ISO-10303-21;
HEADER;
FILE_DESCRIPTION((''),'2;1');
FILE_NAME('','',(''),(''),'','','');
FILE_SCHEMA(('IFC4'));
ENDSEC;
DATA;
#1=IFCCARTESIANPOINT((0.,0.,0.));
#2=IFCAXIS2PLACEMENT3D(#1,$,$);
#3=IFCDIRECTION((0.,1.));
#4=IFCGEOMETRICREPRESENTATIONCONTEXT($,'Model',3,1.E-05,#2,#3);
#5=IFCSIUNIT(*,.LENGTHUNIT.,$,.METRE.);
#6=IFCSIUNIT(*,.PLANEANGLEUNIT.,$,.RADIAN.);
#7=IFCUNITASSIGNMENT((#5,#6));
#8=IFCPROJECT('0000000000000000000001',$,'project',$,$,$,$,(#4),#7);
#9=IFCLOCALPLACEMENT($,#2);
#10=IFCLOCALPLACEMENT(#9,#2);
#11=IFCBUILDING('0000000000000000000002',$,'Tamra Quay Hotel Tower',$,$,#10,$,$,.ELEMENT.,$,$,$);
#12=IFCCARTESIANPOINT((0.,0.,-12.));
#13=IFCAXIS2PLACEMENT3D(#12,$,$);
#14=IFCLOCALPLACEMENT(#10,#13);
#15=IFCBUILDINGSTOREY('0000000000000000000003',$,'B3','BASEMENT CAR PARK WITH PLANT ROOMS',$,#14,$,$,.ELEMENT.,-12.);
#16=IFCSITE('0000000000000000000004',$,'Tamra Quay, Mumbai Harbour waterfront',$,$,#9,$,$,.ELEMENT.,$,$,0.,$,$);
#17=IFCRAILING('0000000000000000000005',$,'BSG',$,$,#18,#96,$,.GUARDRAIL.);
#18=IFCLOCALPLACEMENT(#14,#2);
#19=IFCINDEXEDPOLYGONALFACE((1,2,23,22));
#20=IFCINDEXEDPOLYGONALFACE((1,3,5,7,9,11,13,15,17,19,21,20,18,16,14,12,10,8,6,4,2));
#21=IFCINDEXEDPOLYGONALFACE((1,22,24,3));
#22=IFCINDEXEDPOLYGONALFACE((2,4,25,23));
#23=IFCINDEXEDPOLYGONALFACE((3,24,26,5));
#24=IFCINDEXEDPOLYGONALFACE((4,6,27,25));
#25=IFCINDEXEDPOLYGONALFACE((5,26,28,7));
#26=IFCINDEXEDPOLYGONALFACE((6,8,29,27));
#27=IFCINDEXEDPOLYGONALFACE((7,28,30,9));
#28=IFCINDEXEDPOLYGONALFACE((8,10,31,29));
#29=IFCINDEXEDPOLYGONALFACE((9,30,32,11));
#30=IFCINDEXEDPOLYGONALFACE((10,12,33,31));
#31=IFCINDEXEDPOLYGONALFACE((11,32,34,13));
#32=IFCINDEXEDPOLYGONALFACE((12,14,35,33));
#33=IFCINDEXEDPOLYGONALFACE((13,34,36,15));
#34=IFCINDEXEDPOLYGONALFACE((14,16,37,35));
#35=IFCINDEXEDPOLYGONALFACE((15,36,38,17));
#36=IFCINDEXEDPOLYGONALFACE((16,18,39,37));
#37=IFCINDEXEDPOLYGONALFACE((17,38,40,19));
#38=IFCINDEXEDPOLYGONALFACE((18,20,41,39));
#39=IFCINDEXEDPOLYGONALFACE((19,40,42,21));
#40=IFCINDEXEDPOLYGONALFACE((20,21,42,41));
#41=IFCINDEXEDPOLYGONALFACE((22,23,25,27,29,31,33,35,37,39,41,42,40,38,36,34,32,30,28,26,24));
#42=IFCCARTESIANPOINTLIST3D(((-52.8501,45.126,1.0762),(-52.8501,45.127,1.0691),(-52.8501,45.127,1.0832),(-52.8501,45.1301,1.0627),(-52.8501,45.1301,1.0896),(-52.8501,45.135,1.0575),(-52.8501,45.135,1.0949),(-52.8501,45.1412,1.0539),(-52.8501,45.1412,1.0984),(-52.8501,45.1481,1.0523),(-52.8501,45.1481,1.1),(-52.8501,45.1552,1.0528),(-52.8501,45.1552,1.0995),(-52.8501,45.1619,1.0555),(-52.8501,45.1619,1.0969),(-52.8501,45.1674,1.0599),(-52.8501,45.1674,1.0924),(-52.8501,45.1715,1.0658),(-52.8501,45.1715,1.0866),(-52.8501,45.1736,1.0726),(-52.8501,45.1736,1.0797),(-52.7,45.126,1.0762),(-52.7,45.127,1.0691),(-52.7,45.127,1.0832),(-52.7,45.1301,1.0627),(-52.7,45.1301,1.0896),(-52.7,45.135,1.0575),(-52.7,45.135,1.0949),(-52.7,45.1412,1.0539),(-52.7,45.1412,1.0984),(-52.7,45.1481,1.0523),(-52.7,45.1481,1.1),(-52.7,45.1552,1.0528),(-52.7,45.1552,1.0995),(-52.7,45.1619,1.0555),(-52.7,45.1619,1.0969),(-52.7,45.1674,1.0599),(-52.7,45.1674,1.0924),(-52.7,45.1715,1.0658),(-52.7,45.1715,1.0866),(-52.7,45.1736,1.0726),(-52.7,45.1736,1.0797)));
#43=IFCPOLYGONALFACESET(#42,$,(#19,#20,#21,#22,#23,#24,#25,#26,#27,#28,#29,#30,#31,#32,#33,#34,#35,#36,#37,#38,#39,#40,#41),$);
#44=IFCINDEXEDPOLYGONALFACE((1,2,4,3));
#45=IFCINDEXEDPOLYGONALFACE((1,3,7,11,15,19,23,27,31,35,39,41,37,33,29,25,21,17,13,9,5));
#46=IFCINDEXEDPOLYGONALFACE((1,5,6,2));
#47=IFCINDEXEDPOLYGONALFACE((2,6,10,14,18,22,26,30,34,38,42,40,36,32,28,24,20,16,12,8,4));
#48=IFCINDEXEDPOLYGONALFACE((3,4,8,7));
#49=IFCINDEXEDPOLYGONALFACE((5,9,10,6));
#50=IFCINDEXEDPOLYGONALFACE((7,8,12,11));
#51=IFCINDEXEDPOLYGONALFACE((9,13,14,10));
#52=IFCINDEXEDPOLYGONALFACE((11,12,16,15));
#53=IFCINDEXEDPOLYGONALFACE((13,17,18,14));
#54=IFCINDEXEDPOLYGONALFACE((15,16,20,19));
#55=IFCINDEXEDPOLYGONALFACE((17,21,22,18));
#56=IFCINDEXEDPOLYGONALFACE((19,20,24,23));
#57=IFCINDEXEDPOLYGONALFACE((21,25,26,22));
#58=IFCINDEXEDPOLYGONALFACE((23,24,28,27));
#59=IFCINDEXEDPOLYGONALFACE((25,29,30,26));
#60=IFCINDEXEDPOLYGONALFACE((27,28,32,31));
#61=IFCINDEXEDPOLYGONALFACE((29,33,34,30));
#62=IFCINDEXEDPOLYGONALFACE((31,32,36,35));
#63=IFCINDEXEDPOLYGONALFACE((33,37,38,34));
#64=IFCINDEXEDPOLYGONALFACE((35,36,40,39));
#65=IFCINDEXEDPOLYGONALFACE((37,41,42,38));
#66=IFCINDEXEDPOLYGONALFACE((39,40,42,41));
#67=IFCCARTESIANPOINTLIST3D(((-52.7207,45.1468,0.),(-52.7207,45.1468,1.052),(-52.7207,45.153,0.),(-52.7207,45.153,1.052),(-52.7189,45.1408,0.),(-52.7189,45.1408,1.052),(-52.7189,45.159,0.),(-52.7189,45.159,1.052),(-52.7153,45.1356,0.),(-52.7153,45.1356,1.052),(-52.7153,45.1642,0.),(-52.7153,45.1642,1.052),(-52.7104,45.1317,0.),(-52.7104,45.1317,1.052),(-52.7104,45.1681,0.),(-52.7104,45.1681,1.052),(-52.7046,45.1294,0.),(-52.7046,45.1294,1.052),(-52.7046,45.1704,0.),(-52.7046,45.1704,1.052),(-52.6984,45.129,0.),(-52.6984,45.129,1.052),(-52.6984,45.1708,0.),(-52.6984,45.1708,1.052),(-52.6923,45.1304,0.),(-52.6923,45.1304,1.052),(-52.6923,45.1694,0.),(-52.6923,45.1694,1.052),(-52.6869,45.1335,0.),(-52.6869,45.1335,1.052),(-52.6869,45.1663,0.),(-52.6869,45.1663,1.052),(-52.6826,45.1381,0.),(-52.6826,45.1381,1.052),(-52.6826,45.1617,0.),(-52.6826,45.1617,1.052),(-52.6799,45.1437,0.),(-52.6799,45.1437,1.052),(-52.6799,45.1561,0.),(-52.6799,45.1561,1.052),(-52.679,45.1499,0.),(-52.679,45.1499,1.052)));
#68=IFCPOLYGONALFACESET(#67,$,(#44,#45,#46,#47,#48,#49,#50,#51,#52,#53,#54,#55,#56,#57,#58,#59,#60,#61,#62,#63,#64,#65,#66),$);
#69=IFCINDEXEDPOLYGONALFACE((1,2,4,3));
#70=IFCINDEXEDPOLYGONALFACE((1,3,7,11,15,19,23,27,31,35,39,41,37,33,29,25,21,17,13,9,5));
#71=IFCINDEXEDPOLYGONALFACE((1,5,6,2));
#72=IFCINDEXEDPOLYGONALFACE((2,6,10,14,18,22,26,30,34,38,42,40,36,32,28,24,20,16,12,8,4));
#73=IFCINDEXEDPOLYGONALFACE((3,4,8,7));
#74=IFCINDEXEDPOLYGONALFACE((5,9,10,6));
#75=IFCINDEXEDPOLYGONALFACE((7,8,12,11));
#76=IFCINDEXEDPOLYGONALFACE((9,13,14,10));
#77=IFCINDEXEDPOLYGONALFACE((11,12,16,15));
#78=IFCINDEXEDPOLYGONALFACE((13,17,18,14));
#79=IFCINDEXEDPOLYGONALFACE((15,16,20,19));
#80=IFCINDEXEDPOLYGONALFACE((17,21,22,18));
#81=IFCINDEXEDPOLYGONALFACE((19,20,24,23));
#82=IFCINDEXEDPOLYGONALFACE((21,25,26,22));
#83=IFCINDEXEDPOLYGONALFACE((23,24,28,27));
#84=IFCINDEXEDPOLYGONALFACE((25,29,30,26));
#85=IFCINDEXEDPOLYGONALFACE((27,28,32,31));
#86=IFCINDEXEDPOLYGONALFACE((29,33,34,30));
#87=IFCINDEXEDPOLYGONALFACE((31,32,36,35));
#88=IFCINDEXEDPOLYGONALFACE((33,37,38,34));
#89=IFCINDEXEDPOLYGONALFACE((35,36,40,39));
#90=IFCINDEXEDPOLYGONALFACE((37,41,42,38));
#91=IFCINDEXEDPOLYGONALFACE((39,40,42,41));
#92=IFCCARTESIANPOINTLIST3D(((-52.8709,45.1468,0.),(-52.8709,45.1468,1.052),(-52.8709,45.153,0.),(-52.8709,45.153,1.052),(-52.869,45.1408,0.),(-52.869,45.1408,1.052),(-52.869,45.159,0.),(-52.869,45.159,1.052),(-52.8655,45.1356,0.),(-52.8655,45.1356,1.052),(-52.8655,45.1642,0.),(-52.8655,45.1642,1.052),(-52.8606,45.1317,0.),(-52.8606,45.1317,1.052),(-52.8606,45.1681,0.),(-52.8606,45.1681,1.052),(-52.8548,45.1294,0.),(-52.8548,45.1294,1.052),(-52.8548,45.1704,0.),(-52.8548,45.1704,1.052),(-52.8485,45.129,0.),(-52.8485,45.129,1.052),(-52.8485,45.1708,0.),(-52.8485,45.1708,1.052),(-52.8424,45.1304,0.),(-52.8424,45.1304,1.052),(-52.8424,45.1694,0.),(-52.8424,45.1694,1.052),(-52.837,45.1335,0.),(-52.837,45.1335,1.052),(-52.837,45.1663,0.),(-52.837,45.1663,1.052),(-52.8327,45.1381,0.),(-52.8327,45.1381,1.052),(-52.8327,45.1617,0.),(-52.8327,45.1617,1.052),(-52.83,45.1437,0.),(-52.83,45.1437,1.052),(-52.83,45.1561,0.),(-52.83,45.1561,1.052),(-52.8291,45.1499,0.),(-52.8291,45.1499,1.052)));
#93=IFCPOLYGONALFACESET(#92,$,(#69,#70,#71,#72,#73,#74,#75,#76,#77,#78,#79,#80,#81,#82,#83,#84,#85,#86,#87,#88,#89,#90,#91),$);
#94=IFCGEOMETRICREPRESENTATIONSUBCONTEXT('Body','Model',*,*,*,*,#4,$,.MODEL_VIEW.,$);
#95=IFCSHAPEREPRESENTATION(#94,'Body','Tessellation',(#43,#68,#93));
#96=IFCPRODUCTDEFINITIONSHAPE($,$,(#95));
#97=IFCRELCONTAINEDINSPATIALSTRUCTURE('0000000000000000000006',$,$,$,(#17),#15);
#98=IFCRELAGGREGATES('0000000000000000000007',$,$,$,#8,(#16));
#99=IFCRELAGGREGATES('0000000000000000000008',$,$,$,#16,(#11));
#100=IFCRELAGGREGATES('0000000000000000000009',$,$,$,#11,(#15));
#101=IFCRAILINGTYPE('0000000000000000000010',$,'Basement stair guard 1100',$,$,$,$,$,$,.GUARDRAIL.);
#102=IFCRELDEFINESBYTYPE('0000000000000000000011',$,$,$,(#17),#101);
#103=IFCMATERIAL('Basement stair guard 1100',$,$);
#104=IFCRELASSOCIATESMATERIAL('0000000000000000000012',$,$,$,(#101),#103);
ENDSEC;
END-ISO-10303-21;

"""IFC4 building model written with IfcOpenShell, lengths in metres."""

from ifc_helpers import new_model, si_unit, direction, frame, origin, origin_2d, place, context, subcontext, project, spatial, circle, extrude, material, type_object, element, save


model = new_model("IFC4")

# Units and contexts
model_context = context("Model", 3, precision=1e-05, world=origin(), true_north=direction((0.0, 1.0)))
body_context = subcontext(model_context, "Body", "Model", "MODEL_VIEW")
ifc_project = project(units=[si_unit("LENGTHUNIT", "METRE"), si_unit("PLANEANGLEUNIT", "RADIAN")], contexts=[model_context])

# Site, building, storey
site_placement = place(None, origin())
site = spatial("IfcSite", under=ifc_project, at=site_placement, Name="Tamra Quay, Mumbai Harbour waterfront", CompositionType="ELEMENT", RefElevation=0.0)
building_placement = place(site_placement, origin())
building = spatial("IfcBuilding", under=site, at=building_placement, Name="Tamra Quay Hotel Tower", CompositionType="ELEMENT")
storey_placement = place(building_placement, frame((0.0, 0.0, -12.0)))
storey = spatial("IfcBuildingStorey", under=building, at=storey_placement, Name="B3", Description="BASEMENT CAR PARK WITH PLANT ROOMS", CompositionType="ELEMENT", Elevation=-12.0)

# Railing
ifc_material_1 = material(Name="Basement stair guard 1100")
railing_type_1 = type_object("IfcRailingType", Name="Basement stair guard 1100", PredefinedType="GUARDRAIL", material=ifc_material_1)
railing_1_placement = place(storey_placement, frame((-52.7, 45.1499, 0.0)))
element("IfcRailing", 1, at=railing_1_placement, inside=storey, type_object=railing_type_1, Name="BSG", PredefinedType="GUARDRAIL", context=body_context, shape_type="SweptSolid", body=[
    extrude(circle(Radius=0.0239, at=origin_2d()), frame((0.0, 0.0, 1.0762), z_axis=(-1.0, 0.0, 0.0), x_axis=(0.0, -1.0, 0.0)), (0.0, 0.0, 1.0), 0.1501),
    extrude(circle(Radius=0.021, at=origin_2d()), origin(), (0.0, 0.0, 1.0), 1.052),
    extrude(circle(Radius=0.021, at=origin_2d()), frame((-0.1501, 0.0, 0.0)), (0.0, 0.0, 1.0), 1.052),
])

save(model, "model.ifc")
